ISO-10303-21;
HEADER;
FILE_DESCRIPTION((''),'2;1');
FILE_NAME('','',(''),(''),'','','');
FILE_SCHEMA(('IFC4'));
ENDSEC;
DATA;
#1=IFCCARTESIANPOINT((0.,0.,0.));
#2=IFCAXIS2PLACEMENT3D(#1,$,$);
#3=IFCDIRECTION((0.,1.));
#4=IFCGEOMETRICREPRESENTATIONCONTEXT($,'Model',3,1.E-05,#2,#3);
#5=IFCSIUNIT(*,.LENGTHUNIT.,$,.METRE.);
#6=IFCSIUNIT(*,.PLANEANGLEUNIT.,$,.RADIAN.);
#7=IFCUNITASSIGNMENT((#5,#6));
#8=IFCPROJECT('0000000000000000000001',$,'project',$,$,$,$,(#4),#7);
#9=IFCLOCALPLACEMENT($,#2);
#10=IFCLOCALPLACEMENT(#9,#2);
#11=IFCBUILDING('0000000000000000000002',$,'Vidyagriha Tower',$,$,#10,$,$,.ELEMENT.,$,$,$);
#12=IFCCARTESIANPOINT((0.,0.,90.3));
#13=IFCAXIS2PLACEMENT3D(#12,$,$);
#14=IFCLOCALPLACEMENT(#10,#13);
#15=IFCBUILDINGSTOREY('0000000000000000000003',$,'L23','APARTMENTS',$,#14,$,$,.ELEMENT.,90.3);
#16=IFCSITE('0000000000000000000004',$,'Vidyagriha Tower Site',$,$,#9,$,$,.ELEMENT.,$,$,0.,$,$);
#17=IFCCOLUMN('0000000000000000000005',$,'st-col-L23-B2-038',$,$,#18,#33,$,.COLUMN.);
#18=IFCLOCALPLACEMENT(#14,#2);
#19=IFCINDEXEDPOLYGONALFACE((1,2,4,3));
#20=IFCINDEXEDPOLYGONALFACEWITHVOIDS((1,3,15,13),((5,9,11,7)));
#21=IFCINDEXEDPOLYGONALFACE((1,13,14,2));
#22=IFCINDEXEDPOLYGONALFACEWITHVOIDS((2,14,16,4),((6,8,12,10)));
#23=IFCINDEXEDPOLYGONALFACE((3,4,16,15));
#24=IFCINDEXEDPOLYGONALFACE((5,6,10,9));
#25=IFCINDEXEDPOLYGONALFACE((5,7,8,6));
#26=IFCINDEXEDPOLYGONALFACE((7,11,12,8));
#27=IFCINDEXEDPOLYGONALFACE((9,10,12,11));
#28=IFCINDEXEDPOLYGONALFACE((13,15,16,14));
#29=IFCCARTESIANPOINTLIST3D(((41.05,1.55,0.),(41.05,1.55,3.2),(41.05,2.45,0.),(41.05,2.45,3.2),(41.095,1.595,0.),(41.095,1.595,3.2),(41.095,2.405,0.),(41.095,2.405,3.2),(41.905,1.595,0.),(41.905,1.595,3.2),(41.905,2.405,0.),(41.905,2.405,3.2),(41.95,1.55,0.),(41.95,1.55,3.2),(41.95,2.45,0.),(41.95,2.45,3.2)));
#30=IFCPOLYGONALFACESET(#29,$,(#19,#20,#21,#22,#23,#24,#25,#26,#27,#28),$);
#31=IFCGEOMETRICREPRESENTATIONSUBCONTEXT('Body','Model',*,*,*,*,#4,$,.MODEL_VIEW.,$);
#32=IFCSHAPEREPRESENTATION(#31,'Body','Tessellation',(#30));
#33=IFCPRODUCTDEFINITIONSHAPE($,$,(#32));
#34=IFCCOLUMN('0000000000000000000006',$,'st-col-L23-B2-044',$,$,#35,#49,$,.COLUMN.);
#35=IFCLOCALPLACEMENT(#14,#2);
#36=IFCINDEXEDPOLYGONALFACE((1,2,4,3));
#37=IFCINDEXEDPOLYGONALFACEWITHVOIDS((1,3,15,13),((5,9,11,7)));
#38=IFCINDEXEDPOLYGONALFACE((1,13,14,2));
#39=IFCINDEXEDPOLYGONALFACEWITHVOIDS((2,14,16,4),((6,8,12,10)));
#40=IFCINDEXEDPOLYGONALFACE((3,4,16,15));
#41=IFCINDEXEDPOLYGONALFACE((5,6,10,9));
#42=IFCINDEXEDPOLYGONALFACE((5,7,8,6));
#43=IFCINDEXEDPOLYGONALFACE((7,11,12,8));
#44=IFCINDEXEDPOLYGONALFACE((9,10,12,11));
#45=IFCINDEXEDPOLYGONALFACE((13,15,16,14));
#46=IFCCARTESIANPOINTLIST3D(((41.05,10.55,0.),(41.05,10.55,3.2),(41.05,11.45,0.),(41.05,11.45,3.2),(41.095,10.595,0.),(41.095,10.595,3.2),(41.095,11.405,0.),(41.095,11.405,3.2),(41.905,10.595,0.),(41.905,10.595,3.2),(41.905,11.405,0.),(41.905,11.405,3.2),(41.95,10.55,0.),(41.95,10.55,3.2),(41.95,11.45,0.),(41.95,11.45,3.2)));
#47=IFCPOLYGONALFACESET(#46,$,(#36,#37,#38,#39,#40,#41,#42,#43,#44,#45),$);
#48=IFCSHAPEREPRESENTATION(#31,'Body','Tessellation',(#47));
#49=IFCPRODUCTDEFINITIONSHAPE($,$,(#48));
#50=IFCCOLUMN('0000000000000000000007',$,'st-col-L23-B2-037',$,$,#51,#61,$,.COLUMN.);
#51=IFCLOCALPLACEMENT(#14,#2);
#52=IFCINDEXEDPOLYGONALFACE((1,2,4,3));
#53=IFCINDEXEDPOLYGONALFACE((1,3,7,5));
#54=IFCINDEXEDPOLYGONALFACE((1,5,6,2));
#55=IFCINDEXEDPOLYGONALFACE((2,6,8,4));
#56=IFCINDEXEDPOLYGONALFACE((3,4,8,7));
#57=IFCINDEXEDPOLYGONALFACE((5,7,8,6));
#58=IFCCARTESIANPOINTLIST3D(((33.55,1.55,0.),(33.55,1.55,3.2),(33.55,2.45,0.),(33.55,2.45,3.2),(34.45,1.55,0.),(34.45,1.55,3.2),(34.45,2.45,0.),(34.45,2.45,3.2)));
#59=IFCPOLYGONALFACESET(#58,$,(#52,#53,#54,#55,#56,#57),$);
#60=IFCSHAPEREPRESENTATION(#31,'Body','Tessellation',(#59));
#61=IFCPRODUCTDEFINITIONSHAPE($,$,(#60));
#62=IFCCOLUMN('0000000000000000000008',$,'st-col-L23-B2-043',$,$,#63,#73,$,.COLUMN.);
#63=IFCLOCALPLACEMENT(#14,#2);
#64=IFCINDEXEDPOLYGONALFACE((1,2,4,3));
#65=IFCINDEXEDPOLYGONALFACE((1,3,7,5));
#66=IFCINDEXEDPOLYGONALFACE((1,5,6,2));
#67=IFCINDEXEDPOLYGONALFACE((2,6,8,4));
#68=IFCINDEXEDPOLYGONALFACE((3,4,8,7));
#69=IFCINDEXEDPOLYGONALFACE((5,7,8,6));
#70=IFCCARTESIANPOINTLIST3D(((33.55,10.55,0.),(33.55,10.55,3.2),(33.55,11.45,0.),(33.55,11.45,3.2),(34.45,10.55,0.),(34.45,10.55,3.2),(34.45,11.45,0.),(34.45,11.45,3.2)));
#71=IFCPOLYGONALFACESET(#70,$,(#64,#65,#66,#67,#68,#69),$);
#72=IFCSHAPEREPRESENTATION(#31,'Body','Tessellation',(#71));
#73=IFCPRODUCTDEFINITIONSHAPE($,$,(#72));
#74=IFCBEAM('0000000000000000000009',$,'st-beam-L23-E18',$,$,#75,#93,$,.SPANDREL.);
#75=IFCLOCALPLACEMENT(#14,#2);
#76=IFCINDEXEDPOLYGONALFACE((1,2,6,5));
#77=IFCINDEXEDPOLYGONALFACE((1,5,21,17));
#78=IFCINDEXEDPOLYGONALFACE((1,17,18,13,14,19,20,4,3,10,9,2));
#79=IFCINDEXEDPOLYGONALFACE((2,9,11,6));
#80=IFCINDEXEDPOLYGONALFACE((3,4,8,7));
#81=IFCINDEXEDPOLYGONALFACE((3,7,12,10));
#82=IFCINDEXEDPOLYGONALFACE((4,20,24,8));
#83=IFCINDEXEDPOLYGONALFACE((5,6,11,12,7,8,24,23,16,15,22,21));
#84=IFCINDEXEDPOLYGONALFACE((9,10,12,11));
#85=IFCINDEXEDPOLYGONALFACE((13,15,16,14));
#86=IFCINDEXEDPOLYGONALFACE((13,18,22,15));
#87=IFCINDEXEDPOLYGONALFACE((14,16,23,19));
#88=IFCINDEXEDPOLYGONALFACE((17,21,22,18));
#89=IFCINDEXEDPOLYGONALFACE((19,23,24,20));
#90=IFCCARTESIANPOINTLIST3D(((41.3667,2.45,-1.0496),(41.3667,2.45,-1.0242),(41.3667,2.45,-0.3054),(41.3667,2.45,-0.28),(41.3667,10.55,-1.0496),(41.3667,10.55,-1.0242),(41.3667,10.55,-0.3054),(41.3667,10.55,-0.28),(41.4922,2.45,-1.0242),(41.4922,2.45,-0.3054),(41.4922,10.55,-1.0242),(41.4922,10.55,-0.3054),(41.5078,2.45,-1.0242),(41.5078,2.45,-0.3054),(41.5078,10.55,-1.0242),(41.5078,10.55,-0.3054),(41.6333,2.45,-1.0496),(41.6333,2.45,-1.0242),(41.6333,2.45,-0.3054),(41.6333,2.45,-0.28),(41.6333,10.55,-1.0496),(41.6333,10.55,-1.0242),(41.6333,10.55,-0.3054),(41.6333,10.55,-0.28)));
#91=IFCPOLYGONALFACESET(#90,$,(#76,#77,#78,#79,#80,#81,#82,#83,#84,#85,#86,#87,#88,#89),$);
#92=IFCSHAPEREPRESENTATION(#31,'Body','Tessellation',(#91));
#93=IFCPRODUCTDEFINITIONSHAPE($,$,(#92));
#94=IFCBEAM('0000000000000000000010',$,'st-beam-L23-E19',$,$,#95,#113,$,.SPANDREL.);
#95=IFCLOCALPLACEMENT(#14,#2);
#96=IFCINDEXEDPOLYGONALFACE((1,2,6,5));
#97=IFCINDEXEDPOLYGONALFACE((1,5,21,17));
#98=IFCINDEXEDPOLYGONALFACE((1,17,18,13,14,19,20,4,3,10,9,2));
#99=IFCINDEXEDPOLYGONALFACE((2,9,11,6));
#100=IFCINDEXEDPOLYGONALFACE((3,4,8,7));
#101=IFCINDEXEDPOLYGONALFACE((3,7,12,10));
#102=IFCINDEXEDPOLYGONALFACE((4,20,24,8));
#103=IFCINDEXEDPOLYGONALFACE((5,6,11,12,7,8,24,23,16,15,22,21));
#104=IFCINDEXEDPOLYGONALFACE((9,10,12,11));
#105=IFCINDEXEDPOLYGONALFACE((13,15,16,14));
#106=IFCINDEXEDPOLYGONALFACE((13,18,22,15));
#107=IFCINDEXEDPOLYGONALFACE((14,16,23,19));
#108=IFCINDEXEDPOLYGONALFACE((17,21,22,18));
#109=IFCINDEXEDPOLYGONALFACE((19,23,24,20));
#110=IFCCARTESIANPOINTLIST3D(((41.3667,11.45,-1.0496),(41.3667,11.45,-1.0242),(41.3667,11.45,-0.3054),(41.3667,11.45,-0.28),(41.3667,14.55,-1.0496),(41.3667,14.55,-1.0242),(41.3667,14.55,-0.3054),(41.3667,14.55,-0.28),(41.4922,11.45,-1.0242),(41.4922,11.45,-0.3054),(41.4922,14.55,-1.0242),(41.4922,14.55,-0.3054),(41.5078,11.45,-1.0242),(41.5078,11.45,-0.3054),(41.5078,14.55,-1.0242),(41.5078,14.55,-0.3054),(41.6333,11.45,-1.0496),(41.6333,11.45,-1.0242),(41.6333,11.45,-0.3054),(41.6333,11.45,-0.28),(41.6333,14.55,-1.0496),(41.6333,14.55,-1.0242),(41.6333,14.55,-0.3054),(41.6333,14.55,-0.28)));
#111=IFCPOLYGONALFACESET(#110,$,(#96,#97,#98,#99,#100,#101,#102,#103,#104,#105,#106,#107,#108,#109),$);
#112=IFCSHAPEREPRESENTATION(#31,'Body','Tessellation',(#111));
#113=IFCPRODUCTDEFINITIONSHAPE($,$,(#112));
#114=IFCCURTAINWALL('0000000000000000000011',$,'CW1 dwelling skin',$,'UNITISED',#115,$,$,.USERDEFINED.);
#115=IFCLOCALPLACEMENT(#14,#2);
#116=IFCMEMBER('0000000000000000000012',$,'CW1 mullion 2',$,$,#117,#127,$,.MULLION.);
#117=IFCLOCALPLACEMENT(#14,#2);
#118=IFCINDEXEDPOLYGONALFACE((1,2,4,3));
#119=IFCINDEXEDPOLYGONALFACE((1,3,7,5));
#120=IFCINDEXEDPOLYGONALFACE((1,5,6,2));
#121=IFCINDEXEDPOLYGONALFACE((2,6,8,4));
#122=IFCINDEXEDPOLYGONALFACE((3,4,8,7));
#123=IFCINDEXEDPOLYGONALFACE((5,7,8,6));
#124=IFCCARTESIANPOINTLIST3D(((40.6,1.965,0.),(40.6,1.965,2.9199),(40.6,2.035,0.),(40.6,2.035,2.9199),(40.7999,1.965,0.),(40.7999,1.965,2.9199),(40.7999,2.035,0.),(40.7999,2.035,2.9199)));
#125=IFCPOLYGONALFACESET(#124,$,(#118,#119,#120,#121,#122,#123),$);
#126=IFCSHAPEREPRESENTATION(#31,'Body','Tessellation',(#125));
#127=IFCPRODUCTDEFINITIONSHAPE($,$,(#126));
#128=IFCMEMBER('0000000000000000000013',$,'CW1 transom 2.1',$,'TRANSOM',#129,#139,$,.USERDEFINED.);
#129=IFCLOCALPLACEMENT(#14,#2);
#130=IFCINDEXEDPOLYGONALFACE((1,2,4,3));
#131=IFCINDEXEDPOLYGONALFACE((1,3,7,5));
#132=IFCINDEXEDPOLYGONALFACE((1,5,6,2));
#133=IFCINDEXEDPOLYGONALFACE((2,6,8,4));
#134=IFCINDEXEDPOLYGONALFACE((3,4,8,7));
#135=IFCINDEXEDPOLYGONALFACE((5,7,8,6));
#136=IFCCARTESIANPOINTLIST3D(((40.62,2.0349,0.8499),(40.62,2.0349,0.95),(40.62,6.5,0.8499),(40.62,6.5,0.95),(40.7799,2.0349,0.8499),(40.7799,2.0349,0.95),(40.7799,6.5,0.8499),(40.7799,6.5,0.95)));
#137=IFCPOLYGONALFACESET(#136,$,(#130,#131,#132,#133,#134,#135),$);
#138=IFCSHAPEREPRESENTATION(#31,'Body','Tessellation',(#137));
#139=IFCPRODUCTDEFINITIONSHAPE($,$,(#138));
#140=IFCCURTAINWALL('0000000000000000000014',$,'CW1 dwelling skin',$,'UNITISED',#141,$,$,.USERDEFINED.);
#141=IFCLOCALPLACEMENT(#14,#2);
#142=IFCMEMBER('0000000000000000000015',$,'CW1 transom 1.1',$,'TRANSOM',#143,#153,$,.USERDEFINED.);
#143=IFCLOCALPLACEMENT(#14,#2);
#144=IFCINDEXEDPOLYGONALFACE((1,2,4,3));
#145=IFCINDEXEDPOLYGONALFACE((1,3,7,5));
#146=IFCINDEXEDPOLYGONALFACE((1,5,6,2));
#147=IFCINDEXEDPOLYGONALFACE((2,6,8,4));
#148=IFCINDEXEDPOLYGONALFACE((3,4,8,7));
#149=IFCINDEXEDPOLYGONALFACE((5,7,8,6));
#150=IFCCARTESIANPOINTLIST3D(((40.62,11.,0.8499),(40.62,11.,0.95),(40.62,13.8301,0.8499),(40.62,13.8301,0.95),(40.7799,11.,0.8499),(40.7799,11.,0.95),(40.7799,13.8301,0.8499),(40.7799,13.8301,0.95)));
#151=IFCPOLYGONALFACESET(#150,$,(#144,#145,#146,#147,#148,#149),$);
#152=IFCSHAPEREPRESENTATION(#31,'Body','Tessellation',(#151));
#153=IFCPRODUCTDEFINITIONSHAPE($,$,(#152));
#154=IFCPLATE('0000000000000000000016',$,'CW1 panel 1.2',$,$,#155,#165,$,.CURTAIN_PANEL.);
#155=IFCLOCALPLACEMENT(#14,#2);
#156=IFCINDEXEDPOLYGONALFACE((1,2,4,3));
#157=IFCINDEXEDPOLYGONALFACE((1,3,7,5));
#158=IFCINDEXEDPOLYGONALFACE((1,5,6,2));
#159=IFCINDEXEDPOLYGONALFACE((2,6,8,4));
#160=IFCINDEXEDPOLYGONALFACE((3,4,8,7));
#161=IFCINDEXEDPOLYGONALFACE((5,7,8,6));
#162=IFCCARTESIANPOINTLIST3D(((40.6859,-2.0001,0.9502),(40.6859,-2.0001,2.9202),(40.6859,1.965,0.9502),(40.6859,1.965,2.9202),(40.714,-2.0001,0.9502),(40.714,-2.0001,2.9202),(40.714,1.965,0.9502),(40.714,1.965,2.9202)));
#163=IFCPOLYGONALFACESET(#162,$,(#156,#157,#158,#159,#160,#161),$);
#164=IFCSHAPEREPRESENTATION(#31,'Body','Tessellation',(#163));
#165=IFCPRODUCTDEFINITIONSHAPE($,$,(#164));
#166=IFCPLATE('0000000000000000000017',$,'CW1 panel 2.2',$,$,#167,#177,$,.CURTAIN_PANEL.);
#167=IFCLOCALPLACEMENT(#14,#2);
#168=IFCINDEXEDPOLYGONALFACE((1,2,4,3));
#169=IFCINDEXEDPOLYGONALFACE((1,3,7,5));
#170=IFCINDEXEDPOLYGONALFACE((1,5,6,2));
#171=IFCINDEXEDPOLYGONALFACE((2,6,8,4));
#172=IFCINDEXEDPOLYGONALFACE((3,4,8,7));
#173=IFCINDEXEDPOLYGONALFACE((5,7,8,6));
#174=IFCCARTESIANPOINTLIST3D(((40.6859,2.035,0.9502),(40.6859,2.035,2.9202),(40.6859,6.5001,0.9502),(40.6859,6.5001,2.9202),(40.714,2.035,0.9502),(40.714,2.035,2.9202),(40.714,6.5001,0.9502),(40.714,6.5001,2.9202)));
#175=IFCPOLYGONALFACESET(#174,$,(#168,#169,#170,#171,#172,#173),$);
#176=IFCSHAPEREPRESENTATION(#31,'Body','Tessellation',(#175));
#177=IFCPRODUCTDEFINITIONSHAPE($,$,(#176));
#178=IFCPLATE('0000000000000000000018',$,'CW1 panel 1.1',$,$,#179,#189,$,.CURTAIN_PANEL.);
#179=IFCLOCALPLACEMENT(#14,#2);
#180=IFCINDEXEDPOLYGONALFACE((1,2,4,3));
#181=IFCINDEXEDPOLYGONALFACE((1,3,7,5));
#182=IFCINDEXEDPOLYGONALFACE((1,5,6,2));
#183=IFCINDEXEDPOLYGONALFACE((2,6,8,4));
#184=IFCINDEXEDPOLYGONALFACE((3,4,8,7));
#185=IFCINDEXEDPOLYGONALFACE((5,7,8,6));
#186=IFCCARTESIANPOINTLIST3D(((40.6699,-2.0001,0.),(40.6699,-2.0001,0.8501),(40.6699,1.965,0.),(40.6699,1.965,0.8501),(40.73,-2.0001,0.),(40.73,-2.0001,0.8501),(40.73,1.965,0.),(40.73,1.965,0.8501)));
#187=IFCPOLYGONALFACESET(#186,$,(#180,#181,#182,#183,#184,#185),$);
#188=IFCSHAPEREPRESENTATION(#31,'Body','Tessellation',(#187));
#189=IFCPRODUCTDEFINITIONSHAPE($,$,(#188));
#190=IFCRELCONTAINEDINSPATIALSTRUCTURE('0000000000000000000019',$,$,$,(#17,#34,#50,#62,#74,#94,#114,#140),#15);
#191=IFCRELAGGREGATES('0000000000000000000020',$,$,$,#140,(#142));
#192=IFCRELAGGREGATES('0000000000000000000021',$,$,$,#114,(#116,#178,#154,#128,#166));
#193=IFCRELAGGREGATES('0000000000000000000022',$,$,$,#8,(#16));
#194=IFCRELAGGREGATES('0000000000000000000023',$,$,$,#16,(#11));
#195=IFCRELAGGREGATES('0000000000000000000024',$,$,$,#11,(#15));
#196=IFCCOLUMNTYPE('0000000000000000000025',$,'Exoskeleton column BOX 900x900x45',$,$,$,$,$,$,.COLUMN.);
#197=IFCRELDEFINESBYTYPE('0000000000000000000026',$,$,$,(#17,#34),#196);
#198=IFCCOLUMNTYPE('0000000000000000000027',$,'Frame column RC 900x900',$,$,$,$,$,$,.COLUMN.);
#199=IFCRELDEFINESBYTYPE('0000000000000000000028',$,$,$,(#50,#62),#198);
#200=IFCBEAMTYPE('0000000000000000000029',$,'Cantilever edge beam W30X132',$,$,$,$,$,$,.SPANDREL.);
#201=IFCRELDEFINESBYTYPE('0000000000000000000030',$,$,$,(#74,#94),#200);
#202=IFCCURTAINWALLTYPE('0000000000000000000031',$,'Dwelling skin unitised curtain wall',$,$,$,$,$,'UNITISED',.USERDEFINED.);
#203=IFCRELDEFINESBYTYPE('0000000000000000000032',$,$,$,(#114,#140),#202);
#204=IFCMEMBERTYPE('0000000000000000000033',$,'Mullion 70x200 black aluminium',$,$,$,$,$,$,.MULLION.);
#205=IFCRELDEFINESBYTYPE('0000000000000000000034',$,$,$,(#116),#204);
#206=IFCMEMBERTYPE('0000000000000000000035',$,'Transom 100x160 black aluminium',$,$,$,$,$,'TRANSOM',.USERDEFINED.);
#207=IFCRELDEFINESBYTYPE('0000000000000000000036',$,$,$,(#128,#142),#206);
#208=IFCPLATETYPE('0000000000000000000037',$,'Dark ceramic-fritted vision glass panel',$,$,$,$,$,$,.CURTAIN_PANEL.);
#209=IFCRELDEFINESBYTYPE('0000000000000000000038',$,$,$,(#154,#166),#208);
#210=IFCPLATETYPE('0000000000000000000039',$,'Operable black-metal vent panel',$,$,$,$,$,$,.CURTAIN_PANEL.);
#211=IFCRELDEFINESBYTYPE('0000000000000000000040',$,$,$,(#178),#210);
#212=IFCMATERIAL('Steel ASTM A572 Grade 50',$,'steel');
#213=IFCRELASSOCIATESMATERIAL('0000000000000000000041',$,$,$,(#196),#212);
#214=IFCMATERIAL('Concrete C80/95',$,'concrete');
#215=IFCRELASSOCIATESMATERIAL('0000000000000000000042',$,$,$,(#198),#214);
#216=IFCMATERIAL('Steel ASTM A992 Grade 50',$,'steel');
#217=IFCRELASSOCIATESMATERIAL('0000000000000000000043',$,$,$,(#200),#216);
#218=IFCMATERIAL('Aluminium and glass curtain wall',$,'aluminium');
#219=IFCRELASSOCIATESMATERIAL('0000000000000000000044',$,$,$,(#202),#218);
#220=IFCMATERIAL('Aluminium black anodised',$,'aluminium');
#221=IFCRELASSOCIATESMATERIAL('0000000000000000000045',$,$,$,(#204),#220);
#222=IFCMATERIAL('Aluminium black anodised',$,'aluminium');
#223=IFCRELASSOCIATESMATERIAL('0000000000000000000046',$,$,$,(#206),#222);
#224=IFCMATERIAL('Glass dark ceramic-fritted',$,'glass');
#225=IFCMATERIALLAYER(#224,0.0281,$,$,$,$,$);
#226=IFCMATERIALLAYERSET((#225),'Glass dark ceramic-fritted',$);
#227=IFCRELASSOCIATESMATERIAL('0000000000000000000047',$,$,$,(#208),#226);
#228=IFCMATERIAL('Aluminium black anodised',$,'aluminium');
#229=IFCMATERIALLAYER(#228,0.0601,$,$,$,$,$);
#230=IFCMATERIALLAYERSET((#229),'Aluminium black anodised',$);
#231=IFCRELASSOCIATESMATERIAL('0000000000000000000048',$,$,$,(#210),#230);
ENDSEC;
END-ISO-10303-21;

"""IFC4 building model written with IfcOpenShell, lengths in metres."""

from ifc_helpers import new_model, si_unit, direction, frame, origin, origin_2d, place, context, subcontext, project, spatial, rectangle, hollow_rectangle, i_section, extrude, material, layer, layer_set, material_profile, profile_set, type_object, element, aggregate, save


model = new_model("IFC4")

# Units and contexts
model_context = context("Model", 3, precision=1e-05, world=origin(), true_north=direction((0.0, 1.0)))
body_context = subcontext(model_context, "Body", "Model", "MODEL_VIEW")
ifc_project = project(units=[si_unit("LENGTHUNIT", "METRE"), si_unit("PLANEANGLEUNIT", "RADIAN")], contexts=[model_context])

# Site, building, storey
site_placement = place(None, origin())
site = spatial("IfcSite", under=ifc_project, at=site_placement, Name="Vidyagriha Tower Site", CompositionType="ELEMENT", RefElevation=0.0)
building_placement = place(site_placement, origin())
building = spatial("IfcBuilding", under=site, at=building_placement, Name="Vidyagriha Tower", CompositionType="ELEMENT")
storey_placement = place(building_placement, frame((0.0, 0.0, 90.3)))
storey = spatial("IfcBuildingStorey", under=building, at=storey_placement, Name="L23", Description="APARTMENTS", CompositionType="ELEMENT", Elevation=90.3)

# Columns
ifc_material_1 = material(Name="Steel ASTM A572 Grade 50", Category="steel")
ifc_material_profile_1 = material_profile(ifc_material_1, hollow_rectangle(XDim=0.8999, YDim=0.8999, WallThickness=0.0449, at=origin_2d()), Name="BOX 900x900x45")
ifc_profile_set_1 = profile_set([ifc_material_profile_1], Name="Steel ASTM A572 Grade 50")
column_type_1 = type_object("IfcColumnType", Name="Exoskeleton column BOX 900x900x45", PredefinedType="COLUMN", material=ifc_profile_set_1)
for number, where, name in (
    (1, (41.5, 2.0, 0.0), "st-col-L23-B2-038"),
    (2, (41.5, 11.0, 0.0), "st-col-L23-B2-044"),
):
    element("IfcColumn", number, at=place(storey_placement, frame(where)), inside=storey, type_object=column_type_1, Name=name, PredefinedType="COLUMN", context=body_context, shape_type="SweptSolid", body=[
        extrude(hollow_rectangle(XDim=0.8999, YDim=0.8999, WallThickness=0.0449, at=origin_2d()), origin(), (0.0, 0.0, 1.0), 3.2),
    ])
ifc_material_2 = material(Name="Concrete C80/95", Category="concrete")
ifc_material_profile_2 = material_profile(ifc_material_2, rectangle(XDim=0.8999, YDim=0.8999, at=origin_2d()), Name="RC 900x900")
ifc_profile_set_2 = profile_set([ifc_material_profile_2], Name="Concrete C80/95")
column_type_2 = type_object("IfcColumnType", Name="Frame column RC 900x900", PredefinedType="COLUMN", material=ifc_profile_set_2)
for number, where, name in (
    (3, (34.0, 2.0, 0.0), "st-col-L23-B2-037"),
    (4, (34.0, 11.0, 0.0), "st-col-L23-B2-043"),
):
    element("IfcColumn", number, at=place(storey_placement, frame(where)), inside=storey, type_object=column_type_2, Name=name, PredefinedType="COLUMN", context=body_context, shape_type="SweptSolid", body=[
        extrude(rectangle(XDim=0.8999, YDim=0.8999, at=origin_2d()), origin(), (0.0, 0.0, 1.0), 3.2),
    ])

# Beams
ifc_material_3 = material(Name="Steel ASTM A992 Grade 50", Category="steel")
ifc_material_profile_3 = material_profile(ifc_material_3, i_section(OverallWidth=0.2666, OverallDepth=0.7695, WebThickness=0.0156, FlangeThickness=0.0254, at=origin_2d()), Name="W30X132")
ifc_profile_set_3 = profile_set([ifc_material_profile_3], Name="Steel ASTM A992 Grade 50")
beam_type = type_object("IfcBeamType", Name="Cantilever edge beam W30X132", PredefinedType="SPANDREL", material=ifc_profile_set_3)
beam_1_placement = place(storey_placement, frame((41.5, 2.45, -0.6648), z_axis=(0.0, 1.0, 0.0), x_axis=(-1.0, 0.0, 0.0)))
element("IfcBeam", 5, at=beam_1_placement, inside=storey, type_object=beam_type, Name="st-beam-L23-E18", PredefinedType="SPANDREL", context=body_context, shape_type="SweptSolid", body=[
    extrude(i_section(OverallWidth=0.2666, OverallDepth=0.7695, WebThickness=0.0156, FlangeThickness=0.0254, at=origin_2d()), origin(), (0.0, 0.0, 1.0), 8.1001),
])
beam_2_placement = place(storey_placement, frame((41.5, 11.45, -0.6648), z_axis=(0.0, 1.0, 0.0), x_axis=(-1.0, 0.0, 0.0)))
element("IfcBeam", 6, at=beam_2_placement, inside=storey, type_object=beam_type, Name="st-beam-L23-E19", PredefinedType="SPANDREL", context=body_context, shape_type="SweptSolid", body=[
    extrude(i_section(OverallWidth=0.2666, OverallDepth=0.7695, WebThickness=0.0156, FlangeThickness=0.0254, at=origin_2d()), origin(), (0.0, 0.0, 1.0), 3.1001),
])

# Curtain wall, members
ifc_material_4 = material(Name="Aluminium and glass curtain wall", Category="aluminium")
curtain_wall_type = type_object("IfcCurtainWallType", Name="Dwelling skin unitised curtain wall", ElementType="UNITISED", PredefinedType="USERDEFINED", material=ifc_material_4)
curtain_wall_1_placement = place(storey_placement, origin())
curtain_wall_1 = element("IfcCurtainWall", 7, at=curtain_wall_1_placement, inside=storey, type_object=curtain_wall_type, Name="CW1 dwelling skin", ObjectType="UNITISED", PredefinedType="USERDEFINED")
ifc_material_5 = material(Name="Aluminium black anodised", Category="aluminium")
ifc_material_profile_4 = material_profile(ifc_material_5, rectangle(XDim=0.2, YDim=0.0701, at=origin_2d()), Name="Mullion 70x200 black aluminium")
ifc_profile_set_4 = profile_set([ifc_material_profile_4], Name="Aluminium black anodised")
member_type_1 = type_object("IfcMemberType", Name="Mullion 70x200 black aluminium", PredefinedType="MULLION", material=ifc_profile_set_4)
member_1_placement = place(storey_placement, frame((40.7, 2.0, 0.0), z_axis=(0.0, 0.0, 1.0), x_axis=(-1.0, 0.0, 0.0)))
member_1 = element("IfcMember", 8, at=member_1_placement, type_object=member_type_1, Name="CW1 mullion 2", PredefinedType="MULLION", context=body_context, shape_type="SweptSolid", body=[
    extrude(rectangle(XDim=0.2, YDim=0.0701, at=origin_2d()), origin(), (0.0, 0.0, 1.0), 2.9199),
])
ifc_material_6 = material(Name="Aluminium black anodised", Category="aluminium")
ifc_material_profile_5 = material_profile(ifc_material_6, rectangle(XDim=0.1599, YDim=0.1001, at=origin_2d()), Name="Transom 100x160 black aluminium")
ifc_profile_set_5 = profile_set([ifc_material_profile_5], Name="Aluminium black anodised")
member_type_2 = type_object("IfcMemberType", Name="Transom 100x160 black aluminium", ElementType="TRANSOM", PredefinedType="USERDEFINED", material=ifc_profile_set_5)
member_2_placement = place(storey_placement, frame((40.7, 2.0349, 0.8999), z_axis=(0.0, 1.0, 0.0), x_axis=(-1.0, 0.0, 0.0)))
member_2 = element("IfcMember", 9, at=member_2_placement, type_object=member_type_2, Name="CW1 transom 2.1", ObjectType="TRANSOM", PredefinedType="USERDEFINED", context=body_context, shape_type="SweptSolid", body=[
    extrude(rectangle(XDim=0.1599, YDim=0.1001, at=origin_2d()), origin(), (0.0, 0.0, 1.0), 4.4651),
])

# Curtain wall, member
curtain_wall_2_placement = place(storey_placement, origin())
curtain_wall_2 = element("IfcCurtainWall", 10, at=curtain_wall_2_placement, inside=storey, type_object=curtain_wall_type, Name="CW1 dwelling skin", ObjectType="UNITISED", PredefinedType="USERDEFINED")
member_3_placement = place(storey_placement, frame((40.7, 11.0, 0.8999), z_axis=(0.0, 1.0, 0.0), x_axis=(-1.0, 0.0, 0.0)))
member_3 = element("IfcMember", 11, at=member_3_placement, type_object=member_type_2, Name="CW1 transom 1.1", ObjectType="TRANSOM", PredefinedType="USERDEFINED", context=body_context, shape_type="SweptSolid", body=[
    extrude(rectangle(XDim=0.1599, YDim=0.1001, at=origin_2d()), origin(), (0.0, 0.0, 1.0), 2.8301),
])
aggregate(curtain_wall_2, [member_3])

# Plates
ifc_material_7 = material(Name="Glass dark ceramic-fritted", Category="glass")
ifc_layer_1 = layer(ifc_material_7, 0.0281)
ifc_layer_set_1 = layer_set([ifc_layer_1], Name="Glass dark ceramic-fritted")
plate_type_1 = type_object("IfcPlateType", Name="Dark ceramic-fritted vision glass panel", PredefinedType="CURTAIN_PANEL", material=ifc_layer_set_1)
plate_1_placement = place(storey_placement, frame((40.7, -0.0176, 0.9502), z_axis=(0.0, 0.0, 1.0), x_axis=(0.0, 1.0, 0.0)))
plate_1 = element("IfcPlate", 12, at=plate_1_placement, type_object=plate_type_1, Name="CW1 panel 1.2", PredefinedType="CURTAIN_PANEL", context=body_context, shape_type="SweptSolid", body=[
    extrude(rectangle(XDim=3.9651, YDim=0.0281, at=origin_2d()), origin(), (0.0, 0.0, 1.0), 1.97),
])
plate_2_placement = place(storey_placement, frame((40.7, 4.2676, 0.9502), z_axis=(0.0, 0.0, 1.0), x_axis=(0.0, 1.0, 0.0)))
plate_2 = element("IfcPlate", 13, at=plate_2_placement, type_object=plate_type_1, Name="CW1 panel 2.2", PredefinedType="CURTAIN_PANEL", context=body_context, shape_type="SweptSolid", body=[
    extrude(rectangle(XDim=4.4651, YDim=0.0281, at=origin_2d()), origin(), (0.0, 0.0, 1.0), 1.97),
])
ifc_material_8 = material(Name="Aluminium black anodised", Category="aluminium")
ifc_layer_2 = layer(ifc_material_8, 0.0601)
ifc_layer_set_2 = layer_set([ifc_layer_2], Name="Aluminium black anodised")
plate_type_2 = type_object("IfcPlateType", Name="Operable black-metal vent panel", PredefinedType="CURTAIN_PANEL", material=ifc_layer_set_2)
plate_3_placement = place(storey_placement, frame((40.7, -0.0176, 0.0), z_axis=(0.0, 0.0, 1.0), x_axis=(0.0, 1.0, 0.0)))
plate_3 = element("IfcPlate", 14, at=plate_3_placement, type_object=plate_type_2, Name="CW1 panel 1.1", PredefinedType="CURTAIN_PANEL", context=body_context, shape_type="SweptSolid", body=[
    extrude(rectangle(XDim=3.9651, YDim=0.0601, at=origin_2d()), origin(), (0.0, 0.0, 1.0), 0.8501),
])
aggregate(curtain_wall_1, [member_1, plate_3, plate_1, member_2, plate_2])

save(model, "model.ifc")
